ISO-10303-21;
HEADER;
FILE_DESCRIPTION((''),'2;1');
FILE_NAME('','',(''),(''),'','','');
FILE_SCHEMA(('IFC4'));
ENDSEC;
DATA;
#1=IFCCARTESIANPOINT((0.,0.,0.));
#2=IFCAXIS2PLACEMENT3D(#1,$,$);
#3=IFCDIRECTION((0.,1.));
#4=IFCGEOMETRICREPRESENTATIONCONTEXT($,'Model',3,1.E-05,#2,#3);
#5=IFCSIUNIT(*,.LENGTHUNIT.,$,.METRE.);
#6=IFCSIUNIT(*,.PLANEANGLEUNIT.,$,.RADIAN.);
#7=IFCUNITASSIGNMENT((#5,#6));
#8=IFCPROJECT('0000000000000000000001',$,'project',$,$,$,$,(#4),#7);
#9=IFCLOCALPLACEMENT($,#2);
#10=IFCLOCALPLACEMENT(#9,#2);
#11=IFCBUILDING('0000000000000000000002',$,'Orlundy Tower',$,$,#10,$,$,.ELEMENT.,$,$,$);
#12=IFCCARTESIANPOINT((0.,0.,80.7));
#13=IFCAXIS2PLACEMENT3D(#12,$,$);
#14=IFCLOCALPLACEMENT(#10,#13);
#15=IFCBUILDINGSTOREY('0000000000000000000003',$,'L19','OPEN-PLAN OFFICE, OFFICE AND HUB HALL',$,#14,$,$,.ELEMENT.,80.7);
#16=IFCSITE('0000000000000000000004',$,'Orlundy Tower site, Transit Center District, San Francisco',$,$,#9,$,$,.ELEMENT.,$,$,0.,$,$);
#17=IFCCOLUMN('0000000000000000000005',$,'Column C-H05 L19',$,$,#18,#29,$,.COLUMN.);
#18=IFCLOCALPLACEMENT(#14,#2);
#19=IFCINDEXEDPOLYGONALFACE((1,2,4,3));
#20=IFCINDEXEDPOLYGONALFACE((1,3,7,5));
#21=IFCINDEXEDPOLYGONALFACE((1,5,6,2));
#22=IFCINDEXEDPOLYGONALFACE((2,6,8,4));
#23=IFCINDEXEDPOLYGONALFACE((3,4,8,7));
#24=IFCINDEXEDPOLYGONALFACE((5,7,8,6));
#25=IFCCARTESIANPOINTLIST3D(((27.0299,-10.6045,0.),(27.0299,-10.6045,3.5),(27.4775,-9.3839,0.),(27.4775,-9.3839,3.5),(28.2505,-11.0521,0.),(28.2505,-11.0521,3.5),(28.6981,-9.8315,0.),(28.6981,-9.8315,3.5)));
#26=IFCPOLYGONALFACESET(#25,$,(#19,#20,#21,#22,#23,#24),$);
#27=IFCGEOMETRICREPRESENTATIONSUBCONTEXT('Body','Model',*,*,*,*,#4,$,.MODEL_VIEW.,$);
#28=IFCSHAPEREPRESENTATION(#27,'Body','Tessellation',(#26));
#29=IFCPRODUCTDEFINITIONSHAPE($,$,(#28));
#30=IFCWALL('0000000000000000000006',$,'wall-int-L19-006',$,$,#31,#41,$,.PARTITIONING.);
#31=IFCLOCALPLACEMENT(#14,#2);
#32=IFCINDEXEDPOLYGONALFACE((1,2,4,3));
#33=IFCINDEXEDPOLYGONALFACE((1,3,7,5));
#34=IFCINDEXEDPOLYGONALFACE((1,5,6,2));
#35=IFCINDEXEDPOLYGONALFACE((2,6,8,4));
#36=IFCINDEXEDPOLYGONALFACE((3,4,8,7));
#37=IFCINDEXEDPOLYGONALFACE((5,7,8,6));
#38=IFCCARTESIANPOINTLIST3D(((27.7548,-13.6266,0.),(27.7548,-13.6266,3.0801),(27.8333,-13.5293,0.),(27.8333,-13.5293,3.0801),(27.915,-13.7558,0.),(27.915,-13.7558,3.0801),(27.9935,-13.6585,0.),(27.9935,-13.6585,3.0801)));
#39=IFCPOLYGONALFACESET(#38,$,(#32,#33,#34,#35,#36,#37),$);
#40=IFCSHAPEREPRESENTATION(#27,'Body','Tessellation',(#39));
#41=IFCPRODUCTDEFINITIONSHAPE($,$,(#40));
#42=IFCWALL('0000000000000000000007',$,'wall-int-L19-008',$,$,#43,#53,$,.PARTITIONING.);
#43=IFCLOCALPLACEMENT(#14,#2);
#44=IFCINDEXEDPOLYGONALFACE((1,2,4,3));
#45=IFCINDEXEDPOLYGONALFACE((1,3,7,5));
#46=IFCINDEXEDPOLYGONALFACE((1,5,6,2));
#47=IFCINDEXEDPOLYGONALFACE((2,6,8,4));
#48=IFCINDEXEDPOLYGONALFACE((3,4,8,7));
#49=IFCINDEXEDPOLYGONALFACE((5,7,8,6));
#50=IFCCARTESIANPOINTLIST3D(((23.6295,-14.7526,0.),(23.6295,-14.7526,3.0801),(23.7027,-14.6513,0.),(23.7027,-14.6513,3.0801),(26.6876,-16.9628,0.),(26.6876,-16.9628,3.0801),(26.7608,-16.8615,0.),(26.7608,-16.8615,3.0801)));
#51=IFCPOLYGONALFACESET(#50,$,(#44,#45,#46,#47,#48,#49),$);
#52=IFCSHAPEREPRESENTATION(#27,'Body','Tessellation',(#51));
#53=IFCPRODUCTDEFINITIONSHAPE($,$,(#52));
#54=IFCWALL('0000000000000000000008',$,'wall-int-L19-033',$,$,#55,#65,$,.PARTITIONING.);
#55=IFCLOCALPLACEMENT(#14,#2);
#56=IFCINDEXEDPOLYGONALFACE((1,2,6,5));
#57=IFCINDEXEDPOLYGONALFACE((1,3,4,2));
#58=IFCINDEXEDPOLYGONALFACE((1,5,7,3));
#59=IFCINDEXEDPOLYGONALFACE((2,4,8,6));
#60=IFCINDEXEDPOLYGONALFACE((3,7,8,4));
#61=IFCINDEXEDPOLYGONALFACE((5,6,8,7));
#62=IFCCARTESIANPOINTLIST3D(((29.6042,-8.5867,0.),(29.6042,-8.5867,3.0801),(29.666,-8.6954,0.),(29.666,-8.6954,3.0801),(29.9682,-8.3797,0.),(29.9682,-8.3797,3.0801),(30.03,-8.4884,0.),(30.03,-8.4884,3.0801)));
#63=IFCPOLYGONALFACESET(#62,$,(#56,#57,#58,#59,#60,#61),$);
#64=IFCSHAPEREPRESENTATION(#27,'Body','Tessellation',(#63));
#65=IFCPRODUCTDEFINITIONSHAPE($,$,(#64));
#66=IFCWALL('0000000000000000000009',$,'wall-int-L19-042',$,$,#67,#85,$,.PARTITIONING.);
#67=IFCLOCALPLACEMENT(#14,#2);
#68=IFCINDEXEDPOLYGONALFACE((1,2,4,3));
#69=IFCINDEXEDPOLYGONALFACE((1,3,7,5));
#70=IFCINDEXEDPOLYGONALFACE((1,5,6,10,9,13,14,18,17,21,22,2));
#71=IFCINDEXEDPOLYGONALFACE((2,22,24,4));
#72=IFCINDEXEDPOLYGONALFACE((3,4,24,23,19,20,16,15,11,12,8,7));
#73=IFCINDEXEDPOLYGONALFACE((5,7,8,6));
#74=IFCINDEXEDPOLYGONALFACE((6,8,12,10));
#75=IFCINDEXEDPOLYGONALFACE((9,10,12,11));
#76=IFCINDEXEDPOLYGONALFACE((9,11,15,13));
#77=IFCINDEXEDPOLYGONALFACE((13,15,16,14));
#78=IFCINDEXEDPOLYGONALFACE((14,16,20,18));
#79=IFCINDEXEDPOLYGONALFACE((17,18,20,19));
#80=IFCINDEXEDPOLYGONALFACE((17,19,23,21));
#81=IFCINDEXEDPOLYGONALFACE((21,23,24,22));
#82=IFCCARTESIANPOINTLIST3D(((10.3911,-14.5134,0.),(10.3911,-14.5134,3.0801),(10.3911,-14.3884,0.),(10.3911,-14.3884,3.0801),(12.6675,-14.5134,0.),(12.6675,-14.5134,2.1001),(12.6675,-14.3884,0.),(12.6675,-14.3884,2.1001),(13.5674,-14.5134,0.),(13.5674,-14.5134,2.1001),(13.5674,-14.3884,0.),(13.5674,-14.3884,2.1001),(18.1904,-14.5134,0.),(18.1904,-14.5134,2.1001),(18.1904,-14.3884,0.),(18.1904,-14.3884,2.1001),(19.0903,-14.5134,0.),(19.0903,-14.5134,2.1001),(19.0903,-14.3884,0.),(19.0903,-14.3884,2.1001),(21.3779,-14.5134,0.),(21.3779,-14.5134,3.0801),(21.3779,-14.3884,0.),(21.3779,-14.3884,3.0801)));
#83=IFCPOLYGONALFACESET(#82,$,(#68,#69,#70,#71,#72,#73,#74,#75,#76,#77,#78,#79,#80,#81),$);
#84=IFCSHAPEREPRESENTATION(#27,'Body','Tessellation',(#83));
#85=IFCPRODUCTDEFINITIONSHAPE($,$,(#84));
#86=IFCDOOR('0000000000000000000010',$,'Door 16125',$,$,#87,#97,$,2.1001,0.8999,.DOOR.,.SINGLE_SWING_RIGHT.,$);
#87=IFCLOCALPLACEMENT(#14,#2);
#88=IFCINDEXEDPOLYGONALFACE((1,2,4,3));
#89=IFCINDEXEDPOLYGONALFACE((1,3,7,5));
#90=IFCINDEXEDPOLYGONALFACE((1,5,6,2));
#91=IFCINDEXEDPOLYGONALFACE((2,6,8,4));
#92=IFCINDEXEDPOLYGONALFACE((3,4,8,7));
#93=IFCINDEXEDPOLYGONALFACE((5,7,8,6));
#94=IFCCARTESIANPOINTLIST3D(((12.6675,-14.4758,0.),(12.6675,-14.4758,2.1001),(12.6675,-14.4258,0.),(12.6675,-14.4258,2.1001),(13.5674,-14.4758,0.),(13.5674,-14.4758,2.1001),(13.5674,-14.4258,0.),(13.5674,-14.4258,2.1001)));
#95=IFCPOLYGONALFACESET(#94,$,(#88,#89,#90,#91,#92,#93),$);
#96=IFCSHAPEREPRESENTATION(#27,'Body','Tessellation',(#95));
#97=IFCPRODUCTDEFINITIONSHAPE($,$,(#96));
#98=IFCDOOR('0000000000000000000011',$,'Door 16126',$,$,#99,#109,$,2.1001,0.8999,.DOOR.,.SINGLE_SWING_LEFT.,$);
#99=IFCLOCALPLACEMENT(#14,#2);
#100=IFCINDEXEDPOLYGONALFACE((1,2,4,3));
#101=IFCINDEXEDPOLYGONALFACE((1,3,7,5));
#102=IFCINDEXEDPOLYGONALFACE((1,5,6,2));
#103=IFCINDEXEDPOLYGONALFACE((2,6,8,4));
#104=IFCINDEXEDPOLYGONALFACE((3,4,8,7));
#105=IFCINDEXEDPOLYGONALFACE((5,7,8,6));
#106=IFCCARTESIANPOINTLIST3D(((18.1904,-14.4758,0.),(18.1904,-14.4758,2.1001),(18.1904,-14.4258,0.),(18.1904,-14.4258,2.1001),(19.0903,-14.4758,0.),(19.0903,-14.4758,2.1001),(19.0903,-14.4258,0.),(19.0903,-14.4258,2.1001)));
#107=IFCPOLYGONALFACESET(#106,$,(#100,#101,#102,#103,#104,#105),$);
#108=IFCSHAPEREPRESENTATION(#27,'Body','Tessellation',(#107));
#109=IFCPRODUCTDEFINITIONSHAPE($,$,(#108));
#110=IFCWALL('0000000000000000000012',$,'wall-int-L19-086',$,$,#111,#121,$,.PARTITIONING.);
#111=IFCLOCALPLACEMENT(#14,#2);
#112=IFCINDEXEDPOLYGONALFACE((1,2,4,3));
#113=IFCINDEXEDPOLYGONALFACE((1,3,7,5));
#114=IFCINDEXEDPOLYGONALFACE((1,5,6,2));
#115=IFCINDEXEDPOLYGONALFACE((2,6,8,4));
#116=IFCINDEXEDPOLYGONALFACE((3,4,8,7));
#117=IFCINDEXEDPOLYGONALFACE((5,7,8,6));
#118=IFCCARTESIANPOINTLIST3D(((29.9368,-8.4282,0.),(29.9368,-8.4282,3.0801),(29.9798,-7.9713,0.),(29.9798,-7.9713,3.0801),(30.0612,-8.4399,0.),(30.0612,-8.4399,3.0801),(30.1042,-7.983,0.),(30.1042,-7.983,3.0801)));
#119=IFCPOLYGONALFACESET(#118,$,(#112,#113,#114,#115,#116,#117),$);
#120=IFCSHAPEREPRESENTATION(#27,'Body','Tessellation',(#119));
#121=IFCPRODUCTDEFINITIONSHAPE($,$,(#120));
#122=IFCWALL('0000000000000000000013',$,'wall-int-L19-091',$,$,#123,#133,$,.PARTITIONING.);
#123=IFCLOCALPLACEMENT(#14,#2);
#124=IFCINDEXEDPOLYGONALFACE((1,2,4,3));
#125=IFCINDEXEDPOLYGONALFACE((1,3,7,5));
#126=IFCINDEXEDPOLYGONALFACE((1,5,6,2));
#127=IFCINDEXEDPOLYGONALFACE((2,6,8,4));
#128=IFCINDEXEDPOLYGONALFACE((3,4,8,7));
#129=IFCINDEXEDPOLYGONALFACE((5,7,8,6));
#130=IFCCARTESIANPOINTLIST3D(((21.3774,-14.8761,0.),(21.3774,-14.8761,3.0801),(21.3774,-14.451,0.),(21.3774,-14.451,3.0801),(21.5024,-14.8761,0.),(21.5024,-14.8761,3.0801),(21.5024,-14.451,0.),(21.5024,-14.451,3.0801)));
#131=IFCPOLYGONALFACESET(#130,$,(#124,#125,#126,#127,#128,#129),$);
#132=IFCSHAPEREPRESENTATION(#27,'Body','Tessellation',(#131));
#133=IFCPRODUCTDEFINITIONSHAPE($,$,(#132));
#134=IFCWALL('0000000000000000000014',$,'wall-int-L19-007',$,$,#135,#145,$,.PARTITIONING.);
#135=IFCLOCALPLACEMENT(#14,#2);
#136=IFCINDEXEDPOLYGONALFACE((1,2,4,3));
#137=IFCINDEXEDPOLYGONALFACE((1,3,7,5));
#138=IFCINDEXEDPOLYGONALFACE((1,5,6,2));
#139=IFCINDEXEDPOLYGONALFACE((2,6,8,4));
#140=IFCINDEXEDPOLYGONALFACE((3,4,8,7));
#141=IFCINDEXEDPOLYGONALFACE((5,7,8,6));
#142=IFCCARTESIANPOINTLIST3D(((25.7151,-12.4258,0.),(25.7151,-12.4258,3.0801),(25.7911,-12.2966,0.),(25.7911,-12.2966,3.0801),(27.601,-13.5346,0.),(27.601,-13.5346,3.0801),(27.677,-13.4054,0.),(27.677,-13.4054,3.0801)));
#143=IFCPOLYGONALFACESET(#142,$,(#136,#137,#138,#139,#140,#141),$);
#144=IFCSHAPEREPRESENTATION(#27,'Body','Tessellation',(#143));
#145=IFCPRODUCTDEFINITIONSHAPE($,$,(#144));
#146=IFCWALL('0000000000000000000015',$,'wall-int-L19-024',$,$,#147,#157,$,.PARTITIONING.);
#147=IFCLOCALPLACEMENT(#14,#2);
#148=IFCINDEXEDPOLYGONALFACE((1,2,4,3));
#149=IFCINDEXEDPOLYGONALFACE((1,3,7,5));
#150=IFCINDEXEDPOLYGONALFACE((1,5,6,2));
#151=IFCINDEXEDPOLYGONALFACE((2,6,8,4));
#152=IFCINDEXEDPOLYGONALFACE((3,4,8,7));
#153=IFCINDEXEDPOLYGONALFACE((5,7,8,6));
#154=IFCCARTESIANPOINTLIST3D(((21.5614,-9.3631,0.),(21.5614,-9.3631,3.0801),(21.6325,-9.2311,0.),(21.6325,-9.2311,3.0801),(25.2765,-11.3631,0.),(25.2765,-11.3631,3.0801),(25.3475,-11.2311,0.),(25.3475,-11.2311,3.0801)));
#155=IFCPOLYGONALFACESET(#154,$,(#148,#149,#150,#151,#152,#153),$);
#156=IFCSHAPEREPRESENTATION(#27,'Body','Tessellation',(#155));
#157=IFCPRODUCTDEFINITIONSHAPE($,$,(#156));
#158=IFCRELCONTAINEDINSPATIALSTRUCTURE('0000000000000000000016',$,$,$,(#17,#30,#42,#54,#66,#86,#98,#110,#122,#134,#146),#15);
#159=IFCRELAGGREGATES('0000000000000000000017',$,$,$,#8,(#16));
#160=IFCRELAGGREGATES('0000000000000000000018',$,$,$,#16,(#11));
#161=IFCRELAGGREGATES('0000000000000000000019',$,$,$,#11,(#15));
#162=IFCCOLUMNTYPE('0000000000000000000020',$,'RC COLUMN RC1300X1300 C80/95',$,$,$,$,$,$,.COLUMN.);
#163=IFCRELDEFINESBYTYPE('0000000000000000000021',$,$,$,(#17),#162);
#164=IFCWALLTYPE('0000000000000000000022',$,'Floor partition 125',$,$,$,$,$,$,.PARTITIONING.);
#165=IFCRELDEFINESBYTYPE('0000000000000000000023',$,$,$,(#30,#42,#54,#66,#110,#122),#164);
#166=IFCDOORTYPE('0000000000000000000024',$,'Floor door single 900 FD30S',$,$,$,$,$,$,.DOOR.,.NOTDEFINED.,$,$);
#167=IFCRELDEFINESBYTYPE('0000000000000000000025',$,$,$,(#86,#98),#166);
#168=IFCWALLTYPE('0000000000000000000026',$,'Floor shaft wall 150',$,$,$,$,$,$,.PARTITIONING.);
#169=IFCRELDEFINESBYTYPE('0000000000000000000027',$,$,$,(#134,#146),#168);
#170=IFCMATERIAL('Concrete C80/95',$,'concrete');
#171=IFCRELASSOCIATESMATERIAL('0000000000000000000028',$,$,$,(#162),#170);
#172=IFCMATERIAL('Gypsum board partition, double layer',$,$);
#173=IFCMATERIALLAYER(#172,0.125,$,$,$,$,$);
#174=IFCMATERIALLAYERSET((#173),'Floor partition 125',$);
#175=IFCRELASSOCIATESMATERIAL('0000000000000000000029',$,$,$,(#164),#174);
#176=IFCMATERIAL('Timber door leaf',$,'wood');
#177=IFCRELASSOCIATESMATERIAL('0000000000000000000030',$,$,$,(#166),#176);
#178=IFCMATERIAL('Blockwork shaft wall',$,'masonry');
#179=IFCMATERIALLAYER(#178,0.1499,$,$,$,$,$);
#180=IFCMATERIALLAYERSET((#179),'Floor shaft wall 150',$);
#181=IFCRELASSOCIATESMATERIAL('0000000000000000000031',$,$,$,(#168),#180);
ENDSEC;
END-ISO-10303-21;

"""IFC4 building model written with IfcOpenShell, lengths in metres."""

from ifc_helpers import new_model, si_unit, direction, frame, frame_2d, origin, origin_2d, place, context, subcontext, project, spatial, rectangle, extrude, material, layer, layer_set, material_profile, profile_set, type_object, element, fill, save


model = new_model("IFC4")

# Units and contexts
model_context = context("Model", 3, precision=1e-05, world=origin(), true_north=direction((0.0, 1.0)))
body_context = subcontext(model_context, "Body", "Model", "MODEL_VIEW")
ifc_project = project(units=[si_unit("LENGTHUNIT", "METRE"), si_unit("PLANEANGLEUNIT", "RADIAN")], contexts=[model_context])

# Site, building, storey
site_placement = place(None, origin())
site = spatial("IfcSite", under=ifc_project, at=site_placement, Name="Orlundy Tower site, Transit Center District, San Francisco", CompositionType="ELEMENT", RefElevation=0.0)
building_placement = place(site_placement, origin())
building = spatial("IfcBuilding", under=site, at=building_placement, Name="Orlundy Tower", CompositionType="ELEMENT")
storey_placement = place(building_placement, frame((0.0, 0.0, 80.7)))
storey = spatial("IfcBuildingStorey", under=building, at=storey_placement, Name="L19", Description="OPEN-PLAN OFFICE, OFFICE AND HUB HALL", CompositionType="ELEMENT", Elevation=80.7)

# Column
ifc_material_1 = material(Name="Concrete C80/95", Category="concrete")
ifc_material_profile = material_profile(ifc_material_1, rectangle(XDim=1.3, YDim=1.3, at=origin_2d()), Name="RC1300X1300")
ifc_profile_set = profile_set([ifc_material_profile], Name="Concrete C80/95")
column_type = type_object("IfcColumnType", Name="RC COLUMN RC1300X1300 C80/95", PredefinedType="COLUMN", material=ifc_profile_set)
column_placement = place(storey_placement, frame((27.864, -10.218, 0.0), z_axis=(0.0, 0.0, 1.0), x_axis=(0.938866, -0.344282, 0.0)))
element("IfcColumn", 1, at=column_placement, inside=storey, type_object=column_type, Name="Column C-H05 L19", PredefinedType="COLUMN", context=body_context, shape_type="SweptSolid", body=[
    extrude(rectangle(XDim=1.3, YDim=1.3, at=origin_2d()), origin(), (0.0, 0.0, 1.0), 3.5),
])

# Walls
ifc_material_2 = material(Name="Gypsum board partition, double layer")
ifc_layer_1 = layer(ifc_material_2, 0.125)
ifc_layer_set_1 = layer_set([ifc_layer_1], Name="Floor partition 125")
wall_type_1 = type_object("IfcWallType", Name="Floor partition 125", PredefinedType="PARTITIONING", material=ifc_layer_set_1)
wall_1_placement = place(storey_placement, frame((27.7939, -13.5779, 0.0), z_axis=(0.0, 0.0, 1.0), x_axis=(0.778432, -0.627729, 0.0)))
element("IfcWall", 2, at=wall_1_placement, inside=storey, type_object=wall_type_1, Name="wall-int-L19-006", PredefinedType="PARTITIONING", context=body_context, shape_type="SweptSolid", body=[
    extrude(rectangle(XDim=0.2058, YDim=0.125, at=frame_2d((0.103, 0.0))), origin(), (0.0, 0.0, 1.0), 3.0801),
])
wall_2_placement = place(storey_placement, frame((23.666, -14.7019, 0.0), z_axis=(0.0, 0.0, 1.0), x_axis=(0.810481, -0.585765, 0.0)))
element("IfcWall", 3, at=wall_2_placement, inside=storey, type_object=wall_type_1, Name="wall-int-L19-008", PredefinedType="PARTITIONING", context=body_context, shape_type="SweptSolid", body=[
    extrude(rectangle(XDim=3.7732, YDim=0.125, at=frame_2d((1.8867, 0.0))), origin(), (0.0, 0.0, 1.0), 3.0801),
])
wall_3_placement = place(storey_placement, frame((29.635, -8.6411, 0.0), z_axis=(0.0, 0.0, 1.0), x_axis=(0.869246, 0.49438, 0.0)))
element("IfcWall", 4, at=wall_3_placement, inside=storey, type_object=wall_type_1, Name="wall-int-L19-033", PredefinedType="PARTITIONING", context=body_context, shape_type="SweptSolid", body=[
    extrude(rectangle(XDim=0.4187, YDim=0.125, at=frame_2d((0.2095, 0.0))), origin(), (0.0, 0.0, 1.0), 3.0801),
])

# Wall, openings, doors
wall_4_placement = place(storey_placement, frame((21.3779, -14.4509, 0.0), z_axis=(0.0, 0.0, 1.0), x_axis=(-1.0, 0.0, 0.0)))
wall_4 = element("IfcWall", 5, at=wall_4_placement, inside=storey, type_object=wall_type_1, Name="wall-int-L19-042", PredefinedType="PARTITIONING", context=body_context, shape_type="SweptSolid", body=[
    extrude(rectangle(XDim=10.9868, YDim=0.125, at=frame_2d((5.4934, 0.0))), origin(), (0.0, 0.0, 1.0), 3.0801),
])
opening_1_placement = place(wall_4_placement, frame((7.8105, 0.0, 0.0)))
opening_1 = element("IfcOpeningElement", 6, at=opening_1_placement, cuts=wall_4, PredefinedType="OPENING", context=body_context, shape_type="SweptSolid", body=[
    extrude(rectangle(XDim=0.8999, YDim=2.1001, at=frame_2d((0.45, 1.05))), frame((0.0, 0.0725, 0.0), z_axis=(0.0, -1.0, 0.0), x_axis=(1.0, 0.0, 0.0)), (0.0, 0.0, 1.0), 0.145),
])
opening_2_placement = place(wall_4_placement, frame((2.2876, 0.0, 0.0)))
opening_2 = element("IfcOpeningElement", 7, at=opening_2_placement, cuts=wall_4, PredefinedType="OPENING", context=body_context, shape_type="SweptSolid", body=[
    extrude(rectangle(XDim=0.8999, YDim=2.1001, at=frame_2d((0.45, 1.05))), frame((0.0, 0.0725, 0.0), z_axis=(0.0, -1.0, 0.0), x_axis=(1.0, 0.0, 0.0)), (0.0, 0.0, 1.0), 0.145),
])
ifc_material_3 = material(Name="Timber door leaf", Category="wood")
door_type_1 = type_object("IfcDoorType", Name="Floor door single 900 FD30S", OperationType="NOTDEFINED", PredefinedType="DOOR", material=ifc_material_3)
door_1_placement = place(opening_1_placement, origin())
door_1 = element("IfcDoor", 8, at=door_1_placement, inside=storey, type_object=door_type_1, Name="Door 16125", OperationType="SINGLE_SWING_RIGHT", OverallHeight=2.1001, OverallWidth=0.8999, PredefinedType="DOOR", context=body_context, shape_type="SweptSolid", body=[
    extrude(rectangle(XDim=0.8999, YDim=2.1001, at=frame_2d((0.45, 1.05))), frame((0.0, 0.0249, 0.0), z_axis=(0.0, -1.0, 0.0), x_axis=(1.0, 0.0, 0.0)), (0.0, 0.0, 1.0), 0.05),
])
fill(opening_1, door_1)
door_2_placement = place(opening_2_placement, origin())
door_2 = element("IfcDoor", 9, at=door_2_placement, inside=storey, type_object=door_type_1, Name="Door 16126", OperationType="SINGLE_SWING_LEFT", OverallHeight=2.1001, OverallWidth=0.8999, PredefinedType="DOOR", context=body_context, shape_type="SweptSolid", body=[
    extrude(rectangle(XDim=0.8999, YDim=2.1001, at=frame_2d((0.45, 1.05))), frame((0.0, 0.0249, 0.0), z_axis=(0.0, -1.0, 0.0), x_axis=(1.0, 0.0, 0.0)), (0.0, 0.0, 1.0), 0.05),
])
fill(opening_2, door_2)

# Walls
wall_5_placement = place(storey_placement, frame((29.999, -8.4341, 0.0), z_axis=(0.0, 0.0, 1.0), x_axis=(0.093604, 0.995609, 0.0)))
element("IfcWall", 10, at=wall_5_placement, inside=storey, type_object=wall_type_1, Name="wall-int-L19-086", PredefinedType="PARTITIONING", context=body_context, shape_type="SweptSolid", body=[
    extrude(rectangle(XDim=0.459, YDim=0.125, at=frame_2d((0.2295, 0.0))), origin(), (0.0, 0.0, 1.0), 3.0801),
])
wall_6_placement = place(storey_placement, frame((21.4399, -14.876, 0.0), z_axis=(0.0, 0.0, 1.0), x_axis=(0.0, 1.0, 0.0)))
element("IfcWall", 11, at=wall_6_placement, inside=storey, type_object=wall_type_1, Name="wall-int-L19-091", PredefinedType="PARTITIONING", context=body_context, shape_type="SweptSolid", body=[
    extrude(rectangle(XDim=0.425, YDim=0.125, at=frame_2d((0.2124, 0.0))), origin(), (0.0, 0.0, 1.0), 3.0801),
])
ifc_material_4 = material(Name="Blockwork shaft wall", Category="masonry")
ifc_layer_2 = layer(ifc_material_4, 0.1499)
ifc_layer_set_2 = layer_set([ifc_layer_2], Name="Floor shaft wall 150")
wall_type_2 = type_object("IfcWallType", Name="Floor shaft wall 150", PredefinedType="PARTITIONING", material=ifc_layer_set_2)
wall_7_placement = place(storey_placement, frame((27.6389, -13.47, 0.0), z_axis=(0.0, 0.0, 1.0), x_axis=(-0.862037, 0.506845, 0.0)))
element("IfcWall", 12, at=wall_7_placement, inside=storey, type_object=wall_type_2, Name="wall-int-L19-007", PredefinedType="PARTITIONING", context=body_context, shape_type="SweptSolid", body=[
    extrude(rectangle(XDim=2.1877, YDim=0.1499, at=frame_2d((1.0938, 0.0))), origin(), (0.0, 0.0, 1.0), 3.0801),
])
wall_8_placement = place(storey_placement, frame((21.5969, -9.2971, 0.0), z_axis=(0.0, 0.0, 1.0), x_axis=(0.880514, -0.47402, 0.0)))
element("IfcWall", 13, at=wall_8_placement, inside=storey, type_object=wall_type_2, Name="wall-int-L19-024", PredefinedType="PARTITIONING", context=body_context, shape_type="SweptSolid", body=[
    extrude(rectangle(XDim=4.2192, YDim=0.1499, at=frame_2d((2.1096, 0.0))), origin(), (0.0, 0.0, 1.0), 3.0801),
])

save(model, "model.ifc")
